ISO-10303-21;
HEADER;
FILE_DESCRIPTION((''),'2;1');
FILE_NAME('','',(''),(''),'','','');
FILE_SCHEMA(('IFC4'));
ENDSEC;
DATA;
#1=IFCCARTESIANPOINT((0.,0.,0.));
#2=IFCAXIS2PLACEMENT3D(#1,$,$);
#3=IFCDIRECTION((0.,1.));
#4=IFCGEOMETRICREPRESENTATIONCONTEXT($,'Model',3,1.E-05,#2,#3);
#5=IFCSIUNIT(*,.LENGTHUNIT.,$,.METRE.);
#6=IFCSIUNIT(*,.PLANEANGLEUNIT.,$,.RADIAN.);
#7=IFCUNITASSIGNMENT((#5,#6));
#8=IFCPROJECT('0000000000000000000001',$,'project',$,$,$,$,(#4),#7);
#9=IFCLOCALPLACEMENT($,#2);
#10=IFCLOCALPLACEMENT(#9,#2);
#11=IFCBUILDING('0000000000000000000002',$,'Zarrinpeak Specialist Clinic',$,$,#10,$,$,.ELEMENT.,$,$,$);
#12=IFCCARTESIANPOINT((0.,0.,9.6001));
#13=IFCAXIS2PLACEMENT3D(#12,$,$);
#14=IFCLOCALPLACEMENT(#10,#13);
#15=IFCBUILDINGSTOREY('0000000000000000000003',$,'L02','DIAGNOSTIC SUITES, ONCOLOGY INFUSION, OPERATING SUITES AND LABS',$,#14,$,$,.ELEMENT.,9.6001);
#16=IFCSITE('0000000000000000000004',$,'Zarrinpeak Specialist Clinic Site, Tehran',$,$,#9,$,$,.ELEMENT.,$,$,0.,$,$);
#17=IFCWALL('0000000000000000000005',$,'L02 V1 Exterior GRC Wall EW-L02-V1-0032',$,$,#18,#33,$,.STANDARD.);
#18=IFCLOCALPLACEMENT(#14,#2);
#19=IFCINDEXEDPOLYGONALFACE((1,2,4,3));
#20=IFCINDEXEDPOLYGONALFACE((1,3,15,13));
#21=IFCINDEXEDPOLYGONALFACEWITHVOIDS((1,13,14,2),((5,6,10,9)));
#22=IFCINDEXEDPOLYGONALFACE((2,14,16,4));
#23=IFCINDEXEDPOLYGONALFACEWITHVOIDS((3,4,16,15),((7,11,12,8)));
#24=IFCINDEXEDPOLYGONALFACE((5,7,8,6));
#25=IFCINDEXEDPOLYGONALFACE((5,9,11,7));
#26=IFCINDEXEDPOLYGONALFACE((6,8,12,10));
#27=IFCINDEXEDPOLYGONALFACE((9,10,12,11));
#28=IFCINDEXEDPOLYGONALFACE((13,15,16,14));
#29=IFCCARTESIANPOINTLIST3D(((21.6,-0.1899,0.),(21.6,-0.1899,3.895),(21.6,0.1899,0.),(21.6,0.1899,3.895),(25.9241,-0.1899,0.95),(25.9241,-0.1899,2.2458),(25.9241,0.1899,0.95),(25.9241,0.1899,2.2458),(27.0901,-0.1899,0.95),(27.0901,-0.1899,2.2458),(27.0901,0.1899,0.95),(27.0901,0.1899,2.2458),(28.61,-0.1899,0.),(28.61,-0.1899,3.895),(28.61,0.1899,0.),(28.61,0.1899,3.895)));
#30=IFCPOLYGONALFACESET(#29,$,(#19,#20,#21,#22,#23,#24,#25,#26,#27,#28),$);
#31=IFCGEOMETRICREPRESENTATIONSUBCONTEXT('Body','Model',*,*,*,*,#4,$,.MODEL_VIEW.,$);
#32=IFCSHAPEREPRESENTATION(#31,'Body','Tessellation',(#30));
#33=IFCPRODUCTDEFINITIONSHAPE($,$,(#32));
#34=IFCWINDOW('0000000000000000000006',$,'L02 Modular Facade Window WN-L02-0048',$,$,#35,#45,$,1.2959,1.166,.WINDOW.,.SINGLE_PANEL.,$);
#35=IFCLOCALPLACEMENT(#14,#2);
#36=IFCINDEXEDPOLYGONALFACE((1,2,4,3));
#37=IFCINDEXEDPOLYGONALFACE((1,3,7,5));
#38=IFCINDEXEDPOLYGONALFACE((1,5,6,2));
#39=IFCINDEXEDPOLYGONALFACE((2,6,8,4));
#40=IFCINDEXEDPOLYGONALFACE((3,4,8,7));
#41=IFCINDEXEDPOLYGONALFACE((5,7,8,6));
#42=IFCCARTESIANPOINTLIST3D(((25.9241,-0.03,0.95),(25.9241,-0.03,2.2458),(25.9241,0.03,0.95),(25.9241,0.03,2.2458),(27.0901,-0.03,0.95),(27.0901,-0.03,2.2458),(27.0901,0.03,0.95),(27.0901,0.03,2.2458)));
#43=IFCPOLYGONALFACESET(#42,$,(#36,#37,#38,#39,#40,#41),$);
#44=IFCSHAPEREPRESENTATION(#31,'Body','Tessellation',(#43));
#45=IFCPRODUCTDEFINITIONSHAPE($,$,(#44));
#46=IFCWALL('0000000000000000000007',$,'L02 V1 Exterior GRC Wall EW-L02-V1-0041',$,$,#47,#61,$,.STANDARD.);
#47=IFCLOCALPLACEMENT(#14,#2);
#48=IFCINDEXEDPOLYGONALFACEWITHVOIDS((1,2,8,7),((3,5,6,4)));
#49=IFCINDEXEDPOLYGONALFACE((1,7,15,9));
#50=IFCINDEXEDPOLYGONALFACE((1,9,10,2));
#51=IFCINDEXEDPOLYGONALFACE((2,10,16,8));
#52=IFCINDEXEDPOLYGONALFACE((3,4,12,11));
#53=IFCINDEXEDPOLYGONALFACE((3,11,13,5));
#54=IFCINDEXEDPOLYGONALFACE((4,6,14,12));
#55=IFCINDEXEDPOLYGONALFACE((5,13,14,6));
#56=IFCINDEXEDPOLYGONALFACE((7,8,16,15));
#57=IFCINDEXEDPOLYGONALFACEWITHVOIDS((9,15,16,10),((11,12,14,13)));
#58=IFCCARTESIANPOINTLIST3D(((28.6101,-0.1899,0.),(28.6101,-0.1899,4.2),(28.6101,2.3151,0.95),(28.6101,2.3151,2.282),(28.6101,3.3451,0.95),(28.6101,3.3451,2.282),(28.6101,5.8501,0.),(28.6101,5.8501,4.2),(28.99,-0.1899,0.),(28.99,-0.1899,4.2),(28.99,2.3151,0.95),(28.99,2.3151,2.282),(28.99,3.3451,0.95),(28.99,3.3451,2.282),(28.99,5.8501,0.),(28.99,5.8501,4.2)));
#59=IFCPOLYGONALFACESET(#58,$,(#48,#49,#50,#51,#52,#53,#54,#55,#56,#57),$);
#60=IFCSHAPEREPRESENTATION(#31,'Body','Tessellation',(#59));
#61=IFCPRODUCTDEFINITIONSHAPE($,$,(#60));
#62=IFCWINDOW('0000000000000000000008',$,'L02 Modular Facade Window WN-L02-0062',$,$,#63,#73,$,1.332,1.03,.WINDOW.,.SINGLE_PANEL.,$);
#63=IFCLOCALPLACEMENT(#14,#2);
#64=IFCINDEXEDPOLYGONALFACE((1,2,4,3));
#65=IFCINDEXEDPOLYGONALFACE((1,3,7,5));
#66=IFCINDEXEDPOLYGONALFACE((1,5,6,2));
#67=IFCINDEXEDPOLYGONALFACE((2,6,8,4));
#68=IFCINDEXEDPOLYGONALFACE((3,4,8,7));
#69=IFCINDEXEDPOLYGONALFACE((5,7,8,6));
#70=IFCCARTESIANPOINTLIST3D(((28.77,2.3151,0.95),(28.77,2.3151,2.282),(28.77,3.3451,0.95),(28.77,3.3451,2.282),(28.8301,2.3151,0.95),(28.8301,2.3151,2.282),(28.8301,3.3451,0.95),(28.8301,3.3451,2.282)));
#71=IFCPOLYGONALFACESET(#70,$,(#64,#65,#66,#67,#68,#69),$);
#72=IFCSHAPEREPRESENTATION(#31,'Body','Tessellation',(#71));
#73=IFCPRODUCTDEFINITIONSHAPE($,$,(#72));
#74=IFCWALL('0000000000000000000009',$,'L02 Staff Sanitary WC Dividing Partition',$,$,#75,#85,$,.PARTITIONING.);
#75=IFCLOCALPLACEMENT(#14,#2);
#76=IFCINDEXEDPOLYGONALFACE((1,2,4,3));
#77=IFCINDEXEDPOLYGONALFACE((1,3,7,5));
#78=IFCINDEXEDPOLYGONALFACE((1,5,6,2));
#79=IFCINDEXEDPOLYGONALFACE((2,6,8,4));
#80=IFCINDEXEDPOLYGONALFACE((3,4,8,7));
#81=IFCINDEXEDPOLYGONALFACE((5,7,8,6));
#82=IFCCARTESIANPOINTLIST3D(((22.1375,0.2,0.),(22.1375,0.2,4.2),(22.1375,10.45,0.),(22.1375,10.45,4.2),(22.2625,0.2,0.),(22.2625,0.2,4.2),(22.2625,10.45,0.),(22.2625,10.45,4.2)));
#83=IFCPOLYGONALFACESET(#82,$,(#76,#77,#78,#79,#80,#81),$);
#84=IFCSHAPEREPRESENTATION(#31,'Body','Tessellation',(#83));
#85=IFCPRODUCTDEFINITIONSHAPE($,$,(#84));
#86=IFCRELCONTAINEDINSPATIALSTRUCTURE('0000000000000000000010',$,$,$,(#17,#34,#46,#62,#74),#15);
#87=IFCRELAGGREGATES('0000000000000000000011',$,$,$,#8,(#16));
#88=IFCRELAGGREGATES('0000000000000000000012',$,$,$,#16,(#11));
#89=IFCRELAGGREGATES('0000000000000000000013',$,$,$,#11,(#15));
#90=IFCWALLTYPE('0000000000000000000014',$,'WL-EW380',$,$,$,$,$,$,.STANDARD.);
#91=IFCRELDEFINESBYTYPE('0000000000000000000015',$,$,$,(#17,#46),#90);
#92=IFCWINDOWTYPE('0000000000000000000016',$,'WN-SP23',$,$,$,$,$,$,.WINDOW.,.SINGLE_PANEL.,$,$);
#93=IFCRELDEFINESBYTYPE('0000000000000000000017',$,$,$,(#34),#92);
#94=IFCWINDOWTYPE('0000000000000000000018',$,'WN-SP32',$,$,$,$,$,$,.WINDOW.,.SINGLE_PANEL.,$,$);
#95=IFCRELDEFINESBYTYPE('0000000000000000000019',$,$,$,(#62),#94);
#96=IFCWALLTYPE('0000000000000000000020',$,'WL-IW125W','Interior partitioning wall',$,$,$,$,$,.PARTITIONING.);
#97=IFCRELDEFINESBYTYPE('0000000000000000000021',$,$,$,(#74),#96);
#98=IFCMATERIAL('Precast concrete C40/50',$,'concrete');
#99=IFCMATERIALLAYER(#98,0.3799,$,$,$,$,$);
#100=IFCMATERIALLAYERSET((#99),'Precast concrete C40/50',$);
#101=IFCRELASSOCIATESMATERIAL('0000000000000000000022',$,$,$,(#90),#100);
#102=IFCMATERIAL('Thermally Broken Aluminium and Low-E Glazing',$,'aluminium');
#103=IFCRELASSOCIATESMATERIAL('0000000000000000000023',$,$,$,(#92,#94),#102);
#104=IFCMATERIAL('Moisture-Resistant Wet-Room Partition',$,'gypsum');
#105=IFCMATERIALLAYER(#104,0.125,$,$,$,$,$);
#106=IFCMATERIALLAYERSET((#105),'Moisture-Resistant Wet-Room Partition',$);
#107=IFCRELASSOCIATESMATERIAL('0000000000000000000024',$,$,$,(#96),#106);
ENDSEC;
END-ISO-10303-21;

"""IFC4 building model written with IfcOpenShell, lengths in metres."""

from ifc_helpers import new_model, si_unit, direction, frame, frame_2d, origin, place, context, subcontext, project, spatial, rectangle, extrude, material, layer, layer_set, type_object, element, fill, save


model = new_model("IFC4")

# Units and contexts
model_context = context("Model", 3, precision=1e-05, world=origin(), true_north=direction((0.0, 1.0)))
body_context = subcontext(model_context, "Body", "Model", "MODEL_VIEW")
ifc_project = project(units=[si_unit("LENGTHUNIT", "METRE"), si_unit("PLANEANGLEUNIT", "RADIAN")], contexts=[model_context])

# Site, building, storey
site_placement = place(None, origin())
site = spatial("IfcSite", under=ifc_project, at=site_placement, Name="Zarrinpeak Specialist Clinic Site, Tehran", CompositionType="ELEMENT", RefElevation=0.0)
building_placement = place(site_placement, origin())
building = spatial("IfcBuilding", under=site, at=building_placement, Name="Zarrinpeak Specialist Clinic", CompositionType="ELEMENT")
storey_placement = place(building_placement, frame((0.0, 0.0, 9.6001)))
storey = spatial("IfcBuildingStorey", under=building, at=storey_placement, Name="L02", Description="DIAGNOSTIC SUITES, ONCOLOGY INFUSION, OPERATING SUITES AND LABS", CompositionType="ELEMENT", Elevation=9.6001)

# Walls, openings, windows
ifc_material_1 = material(Name="Precast concrete C40/50", Category="concrete")
ifc_layer_1 = layer(ifc_material_1, 0.3799)
ifc_layer_set_1 = layer_set([ifc_layer_1], Name="Precast concrete C40/50")
wall_type_1 = type_object("IfcWallType", Name="WL-EW380", PredefinedType="STANDARD", material=ifc_layer_set_1)
wall_1_placement = place(storey_placement, frame((21.6001, 0.0, 0.0), z_axis=(0.0, 0.0, 1.0), x_axis=(1.0, 0.0, 0.0)))
wall_1 = element("IfcWall", 1, at=wall_1_placement, inside=storey, type_object=wall_type_1, Name="L02 V1 Exterior GRC Wall EW-L02-V1-0032", PredefinedType="STANDARD", context=body_context, shape_type="SweptSolid", body=[
    extrude(rectangle(XDim=7.01, YDim=0.3799, at=frame_2d((3.5049, 0.0))), origin(), (0.0, 0.0, 1.0), 3.895),
])
opening_1_placement = place(wall_1_placement, frame((4.324, 0.0, 0.95)))
opening_1 = element("IfcOpeningElement", 2, at=opening_1_placement, cuts=wall_1, PredefinedType="OPENING", context=body_context, shape_type="SweptSolid", body=[
    extrude(rectangle(XDim=1.166, YDim=1.2959, at=frame_2d((0.583, 0.6479))), frame((0.0, 0.2, 0.0), z_axis=(0.0, -1.0, 0.0), x_axis=(1.0, 0.0, 0.0)), (0.0, 0.0, 1.0), 0.3999),
])
ifc_material_2 = material(Name="Thermally Broken Aluminium and Low-E Glazing", Category="aluminium")
window_type_1 = type_object("IfcWindowType", Name="WN-SP23", PartitioningType="SINGLE_PANEL", PredefinedType="WINDOW", material=ifc_material_2)
window_1_placement = place(opening_1_placement, origin())
window_1 = element("IfcWindow", 3, at=window_1_placement, inside=storey, type_object=window_type_1, Name="L02 Modular Facade Window WN-L02-0048", OverallHeight=1.2959, OverallWidth=1.166, PartitioningType="SINGLE_PANEL", PredefinedType="WINDOW", context=body_context, shape_type="SweptSolid", body=[
    extrude(rectangle(XDim=1.166, YDim=1.2959, at=frame_2d((0.583, 0.6479))), frame((0.0, 0.03, 0.0), z_axis=(0.0, -1.0, 0.0), x_axis=(1.0, 0.0, 0.0)), (0.0, 0.0, 1.0), 0.0601),
])
fill(opening_1, window_1)
wall_2_placement = place(storey_placement, frame((28.8, -0.1899, 0.0), z_axis=(0.0, 0.0, 1.0), x_axis=(0.0, 1.0, 0.0)))
wall_2 = element("IfcWall", 4, at=wall_2_placement, inside=storey, type_object=wall_type_1, Name="L02 V1 Exterior GRC Wall EW-L02-V1-0041", PredefinedType="STANDARD", context=body_context, shape_type="SweptSolid", body=[
    extrude(rectangle(XDim=6.04, YDim=0.3799, at=frame_2d((3.02, 0.0))), origin(), (0.0, 0.0, 1.0), 4.2),
])
opening_2_placement = place(wall_2_placement, frame((2.5049, 0.0, 0.95)))
opening_2 = element("IfcOpeningElement", 5, at=opening_2_placement, cuts=wall_2, PredefinedType="OPENING", context=body_context, shape_type="SweptSolid", body=[
    extrude(rectangle(XDim=1.03, YDim=1.332, at=frame_2d((0.5151, 0.666))), frame((0.0, 0.2, 0.0), z_axis=(0.0, -1.0, 0.0), x_axis=(1.0, 0.0, 0.0)), (0.0, 0.0, 1.0), 0.3999),
])
window_type_2 = type_object("IfcWindowType", Name="WN-SP32", PartitioningType="SINGLE_PANEL", PredefinedType="WINDOW", material=ifc_material_2)
window_2_placement = place(opening_2_placement, origin())
window_2 = element("IfcWindow", 6, at=window_2_placement, inside=storey, type_object=window_type_2, Name="L02 Modular Facade Window WN-L02-0062", OverallHeight=1.332, OverallWidth=1.03, PartitioningType="SINGLE_PANEL", PredefinedType="WINDOW", context=body_context, shape_type="SweptSolid", body=[
    extrude(rectangle(XDim=1.03, YDim=1.332, at=frame_2d((0.5151, 0.666))), frame((0.0, 0.03, 0.0), z_axis=(0.0, -1.0, 0.0), x_axis=(1.0, 0.0, 0.0)), (0.0, 0.0, 1.0), 0.0601),
])
fill(opening_2, window_2)

# Wall
ifc_material_3 = material(Name="Moisture-Resistant Wet-Room Partition", Category="gypsum")
ifc_layer_2 = layer(ifc_material_3, 0.125)
ifc_layer_set_2 = layer_set([ifc_layer_2], Name="Moisture-Resistant Wet-Room Partition")
wall_type_2 = type_object("IfcWallType", Name="WL-IW125W", Description="Interior partitioning wall", PredefinedType="PARTITIONING", material=ifc_layer_set_2)
wall_3_placement = place(storey_placement, frame((22.2, 0.2, 0.0), z_axis=(0.0, 0.0, 1.0), x_axis=(0.0, 1.0, 0.0)))
element("IfcWall", 7, at=wall_3_placement, inside=storey, type_object=wall_type_2, Name="L02 Staff Sanitary WC Dividing Partition", PredefinedType="PARTITIONING", context=body_context, shape_type="SweptSolid", body=[
    extrude(rectangle(XDim=10.25, YDim=0.125, at=frame_2d((5.125, 0.0))), origin(), (0.0, 0.0, 1.0), 4.2),
])

save(model, "model.ifc")
